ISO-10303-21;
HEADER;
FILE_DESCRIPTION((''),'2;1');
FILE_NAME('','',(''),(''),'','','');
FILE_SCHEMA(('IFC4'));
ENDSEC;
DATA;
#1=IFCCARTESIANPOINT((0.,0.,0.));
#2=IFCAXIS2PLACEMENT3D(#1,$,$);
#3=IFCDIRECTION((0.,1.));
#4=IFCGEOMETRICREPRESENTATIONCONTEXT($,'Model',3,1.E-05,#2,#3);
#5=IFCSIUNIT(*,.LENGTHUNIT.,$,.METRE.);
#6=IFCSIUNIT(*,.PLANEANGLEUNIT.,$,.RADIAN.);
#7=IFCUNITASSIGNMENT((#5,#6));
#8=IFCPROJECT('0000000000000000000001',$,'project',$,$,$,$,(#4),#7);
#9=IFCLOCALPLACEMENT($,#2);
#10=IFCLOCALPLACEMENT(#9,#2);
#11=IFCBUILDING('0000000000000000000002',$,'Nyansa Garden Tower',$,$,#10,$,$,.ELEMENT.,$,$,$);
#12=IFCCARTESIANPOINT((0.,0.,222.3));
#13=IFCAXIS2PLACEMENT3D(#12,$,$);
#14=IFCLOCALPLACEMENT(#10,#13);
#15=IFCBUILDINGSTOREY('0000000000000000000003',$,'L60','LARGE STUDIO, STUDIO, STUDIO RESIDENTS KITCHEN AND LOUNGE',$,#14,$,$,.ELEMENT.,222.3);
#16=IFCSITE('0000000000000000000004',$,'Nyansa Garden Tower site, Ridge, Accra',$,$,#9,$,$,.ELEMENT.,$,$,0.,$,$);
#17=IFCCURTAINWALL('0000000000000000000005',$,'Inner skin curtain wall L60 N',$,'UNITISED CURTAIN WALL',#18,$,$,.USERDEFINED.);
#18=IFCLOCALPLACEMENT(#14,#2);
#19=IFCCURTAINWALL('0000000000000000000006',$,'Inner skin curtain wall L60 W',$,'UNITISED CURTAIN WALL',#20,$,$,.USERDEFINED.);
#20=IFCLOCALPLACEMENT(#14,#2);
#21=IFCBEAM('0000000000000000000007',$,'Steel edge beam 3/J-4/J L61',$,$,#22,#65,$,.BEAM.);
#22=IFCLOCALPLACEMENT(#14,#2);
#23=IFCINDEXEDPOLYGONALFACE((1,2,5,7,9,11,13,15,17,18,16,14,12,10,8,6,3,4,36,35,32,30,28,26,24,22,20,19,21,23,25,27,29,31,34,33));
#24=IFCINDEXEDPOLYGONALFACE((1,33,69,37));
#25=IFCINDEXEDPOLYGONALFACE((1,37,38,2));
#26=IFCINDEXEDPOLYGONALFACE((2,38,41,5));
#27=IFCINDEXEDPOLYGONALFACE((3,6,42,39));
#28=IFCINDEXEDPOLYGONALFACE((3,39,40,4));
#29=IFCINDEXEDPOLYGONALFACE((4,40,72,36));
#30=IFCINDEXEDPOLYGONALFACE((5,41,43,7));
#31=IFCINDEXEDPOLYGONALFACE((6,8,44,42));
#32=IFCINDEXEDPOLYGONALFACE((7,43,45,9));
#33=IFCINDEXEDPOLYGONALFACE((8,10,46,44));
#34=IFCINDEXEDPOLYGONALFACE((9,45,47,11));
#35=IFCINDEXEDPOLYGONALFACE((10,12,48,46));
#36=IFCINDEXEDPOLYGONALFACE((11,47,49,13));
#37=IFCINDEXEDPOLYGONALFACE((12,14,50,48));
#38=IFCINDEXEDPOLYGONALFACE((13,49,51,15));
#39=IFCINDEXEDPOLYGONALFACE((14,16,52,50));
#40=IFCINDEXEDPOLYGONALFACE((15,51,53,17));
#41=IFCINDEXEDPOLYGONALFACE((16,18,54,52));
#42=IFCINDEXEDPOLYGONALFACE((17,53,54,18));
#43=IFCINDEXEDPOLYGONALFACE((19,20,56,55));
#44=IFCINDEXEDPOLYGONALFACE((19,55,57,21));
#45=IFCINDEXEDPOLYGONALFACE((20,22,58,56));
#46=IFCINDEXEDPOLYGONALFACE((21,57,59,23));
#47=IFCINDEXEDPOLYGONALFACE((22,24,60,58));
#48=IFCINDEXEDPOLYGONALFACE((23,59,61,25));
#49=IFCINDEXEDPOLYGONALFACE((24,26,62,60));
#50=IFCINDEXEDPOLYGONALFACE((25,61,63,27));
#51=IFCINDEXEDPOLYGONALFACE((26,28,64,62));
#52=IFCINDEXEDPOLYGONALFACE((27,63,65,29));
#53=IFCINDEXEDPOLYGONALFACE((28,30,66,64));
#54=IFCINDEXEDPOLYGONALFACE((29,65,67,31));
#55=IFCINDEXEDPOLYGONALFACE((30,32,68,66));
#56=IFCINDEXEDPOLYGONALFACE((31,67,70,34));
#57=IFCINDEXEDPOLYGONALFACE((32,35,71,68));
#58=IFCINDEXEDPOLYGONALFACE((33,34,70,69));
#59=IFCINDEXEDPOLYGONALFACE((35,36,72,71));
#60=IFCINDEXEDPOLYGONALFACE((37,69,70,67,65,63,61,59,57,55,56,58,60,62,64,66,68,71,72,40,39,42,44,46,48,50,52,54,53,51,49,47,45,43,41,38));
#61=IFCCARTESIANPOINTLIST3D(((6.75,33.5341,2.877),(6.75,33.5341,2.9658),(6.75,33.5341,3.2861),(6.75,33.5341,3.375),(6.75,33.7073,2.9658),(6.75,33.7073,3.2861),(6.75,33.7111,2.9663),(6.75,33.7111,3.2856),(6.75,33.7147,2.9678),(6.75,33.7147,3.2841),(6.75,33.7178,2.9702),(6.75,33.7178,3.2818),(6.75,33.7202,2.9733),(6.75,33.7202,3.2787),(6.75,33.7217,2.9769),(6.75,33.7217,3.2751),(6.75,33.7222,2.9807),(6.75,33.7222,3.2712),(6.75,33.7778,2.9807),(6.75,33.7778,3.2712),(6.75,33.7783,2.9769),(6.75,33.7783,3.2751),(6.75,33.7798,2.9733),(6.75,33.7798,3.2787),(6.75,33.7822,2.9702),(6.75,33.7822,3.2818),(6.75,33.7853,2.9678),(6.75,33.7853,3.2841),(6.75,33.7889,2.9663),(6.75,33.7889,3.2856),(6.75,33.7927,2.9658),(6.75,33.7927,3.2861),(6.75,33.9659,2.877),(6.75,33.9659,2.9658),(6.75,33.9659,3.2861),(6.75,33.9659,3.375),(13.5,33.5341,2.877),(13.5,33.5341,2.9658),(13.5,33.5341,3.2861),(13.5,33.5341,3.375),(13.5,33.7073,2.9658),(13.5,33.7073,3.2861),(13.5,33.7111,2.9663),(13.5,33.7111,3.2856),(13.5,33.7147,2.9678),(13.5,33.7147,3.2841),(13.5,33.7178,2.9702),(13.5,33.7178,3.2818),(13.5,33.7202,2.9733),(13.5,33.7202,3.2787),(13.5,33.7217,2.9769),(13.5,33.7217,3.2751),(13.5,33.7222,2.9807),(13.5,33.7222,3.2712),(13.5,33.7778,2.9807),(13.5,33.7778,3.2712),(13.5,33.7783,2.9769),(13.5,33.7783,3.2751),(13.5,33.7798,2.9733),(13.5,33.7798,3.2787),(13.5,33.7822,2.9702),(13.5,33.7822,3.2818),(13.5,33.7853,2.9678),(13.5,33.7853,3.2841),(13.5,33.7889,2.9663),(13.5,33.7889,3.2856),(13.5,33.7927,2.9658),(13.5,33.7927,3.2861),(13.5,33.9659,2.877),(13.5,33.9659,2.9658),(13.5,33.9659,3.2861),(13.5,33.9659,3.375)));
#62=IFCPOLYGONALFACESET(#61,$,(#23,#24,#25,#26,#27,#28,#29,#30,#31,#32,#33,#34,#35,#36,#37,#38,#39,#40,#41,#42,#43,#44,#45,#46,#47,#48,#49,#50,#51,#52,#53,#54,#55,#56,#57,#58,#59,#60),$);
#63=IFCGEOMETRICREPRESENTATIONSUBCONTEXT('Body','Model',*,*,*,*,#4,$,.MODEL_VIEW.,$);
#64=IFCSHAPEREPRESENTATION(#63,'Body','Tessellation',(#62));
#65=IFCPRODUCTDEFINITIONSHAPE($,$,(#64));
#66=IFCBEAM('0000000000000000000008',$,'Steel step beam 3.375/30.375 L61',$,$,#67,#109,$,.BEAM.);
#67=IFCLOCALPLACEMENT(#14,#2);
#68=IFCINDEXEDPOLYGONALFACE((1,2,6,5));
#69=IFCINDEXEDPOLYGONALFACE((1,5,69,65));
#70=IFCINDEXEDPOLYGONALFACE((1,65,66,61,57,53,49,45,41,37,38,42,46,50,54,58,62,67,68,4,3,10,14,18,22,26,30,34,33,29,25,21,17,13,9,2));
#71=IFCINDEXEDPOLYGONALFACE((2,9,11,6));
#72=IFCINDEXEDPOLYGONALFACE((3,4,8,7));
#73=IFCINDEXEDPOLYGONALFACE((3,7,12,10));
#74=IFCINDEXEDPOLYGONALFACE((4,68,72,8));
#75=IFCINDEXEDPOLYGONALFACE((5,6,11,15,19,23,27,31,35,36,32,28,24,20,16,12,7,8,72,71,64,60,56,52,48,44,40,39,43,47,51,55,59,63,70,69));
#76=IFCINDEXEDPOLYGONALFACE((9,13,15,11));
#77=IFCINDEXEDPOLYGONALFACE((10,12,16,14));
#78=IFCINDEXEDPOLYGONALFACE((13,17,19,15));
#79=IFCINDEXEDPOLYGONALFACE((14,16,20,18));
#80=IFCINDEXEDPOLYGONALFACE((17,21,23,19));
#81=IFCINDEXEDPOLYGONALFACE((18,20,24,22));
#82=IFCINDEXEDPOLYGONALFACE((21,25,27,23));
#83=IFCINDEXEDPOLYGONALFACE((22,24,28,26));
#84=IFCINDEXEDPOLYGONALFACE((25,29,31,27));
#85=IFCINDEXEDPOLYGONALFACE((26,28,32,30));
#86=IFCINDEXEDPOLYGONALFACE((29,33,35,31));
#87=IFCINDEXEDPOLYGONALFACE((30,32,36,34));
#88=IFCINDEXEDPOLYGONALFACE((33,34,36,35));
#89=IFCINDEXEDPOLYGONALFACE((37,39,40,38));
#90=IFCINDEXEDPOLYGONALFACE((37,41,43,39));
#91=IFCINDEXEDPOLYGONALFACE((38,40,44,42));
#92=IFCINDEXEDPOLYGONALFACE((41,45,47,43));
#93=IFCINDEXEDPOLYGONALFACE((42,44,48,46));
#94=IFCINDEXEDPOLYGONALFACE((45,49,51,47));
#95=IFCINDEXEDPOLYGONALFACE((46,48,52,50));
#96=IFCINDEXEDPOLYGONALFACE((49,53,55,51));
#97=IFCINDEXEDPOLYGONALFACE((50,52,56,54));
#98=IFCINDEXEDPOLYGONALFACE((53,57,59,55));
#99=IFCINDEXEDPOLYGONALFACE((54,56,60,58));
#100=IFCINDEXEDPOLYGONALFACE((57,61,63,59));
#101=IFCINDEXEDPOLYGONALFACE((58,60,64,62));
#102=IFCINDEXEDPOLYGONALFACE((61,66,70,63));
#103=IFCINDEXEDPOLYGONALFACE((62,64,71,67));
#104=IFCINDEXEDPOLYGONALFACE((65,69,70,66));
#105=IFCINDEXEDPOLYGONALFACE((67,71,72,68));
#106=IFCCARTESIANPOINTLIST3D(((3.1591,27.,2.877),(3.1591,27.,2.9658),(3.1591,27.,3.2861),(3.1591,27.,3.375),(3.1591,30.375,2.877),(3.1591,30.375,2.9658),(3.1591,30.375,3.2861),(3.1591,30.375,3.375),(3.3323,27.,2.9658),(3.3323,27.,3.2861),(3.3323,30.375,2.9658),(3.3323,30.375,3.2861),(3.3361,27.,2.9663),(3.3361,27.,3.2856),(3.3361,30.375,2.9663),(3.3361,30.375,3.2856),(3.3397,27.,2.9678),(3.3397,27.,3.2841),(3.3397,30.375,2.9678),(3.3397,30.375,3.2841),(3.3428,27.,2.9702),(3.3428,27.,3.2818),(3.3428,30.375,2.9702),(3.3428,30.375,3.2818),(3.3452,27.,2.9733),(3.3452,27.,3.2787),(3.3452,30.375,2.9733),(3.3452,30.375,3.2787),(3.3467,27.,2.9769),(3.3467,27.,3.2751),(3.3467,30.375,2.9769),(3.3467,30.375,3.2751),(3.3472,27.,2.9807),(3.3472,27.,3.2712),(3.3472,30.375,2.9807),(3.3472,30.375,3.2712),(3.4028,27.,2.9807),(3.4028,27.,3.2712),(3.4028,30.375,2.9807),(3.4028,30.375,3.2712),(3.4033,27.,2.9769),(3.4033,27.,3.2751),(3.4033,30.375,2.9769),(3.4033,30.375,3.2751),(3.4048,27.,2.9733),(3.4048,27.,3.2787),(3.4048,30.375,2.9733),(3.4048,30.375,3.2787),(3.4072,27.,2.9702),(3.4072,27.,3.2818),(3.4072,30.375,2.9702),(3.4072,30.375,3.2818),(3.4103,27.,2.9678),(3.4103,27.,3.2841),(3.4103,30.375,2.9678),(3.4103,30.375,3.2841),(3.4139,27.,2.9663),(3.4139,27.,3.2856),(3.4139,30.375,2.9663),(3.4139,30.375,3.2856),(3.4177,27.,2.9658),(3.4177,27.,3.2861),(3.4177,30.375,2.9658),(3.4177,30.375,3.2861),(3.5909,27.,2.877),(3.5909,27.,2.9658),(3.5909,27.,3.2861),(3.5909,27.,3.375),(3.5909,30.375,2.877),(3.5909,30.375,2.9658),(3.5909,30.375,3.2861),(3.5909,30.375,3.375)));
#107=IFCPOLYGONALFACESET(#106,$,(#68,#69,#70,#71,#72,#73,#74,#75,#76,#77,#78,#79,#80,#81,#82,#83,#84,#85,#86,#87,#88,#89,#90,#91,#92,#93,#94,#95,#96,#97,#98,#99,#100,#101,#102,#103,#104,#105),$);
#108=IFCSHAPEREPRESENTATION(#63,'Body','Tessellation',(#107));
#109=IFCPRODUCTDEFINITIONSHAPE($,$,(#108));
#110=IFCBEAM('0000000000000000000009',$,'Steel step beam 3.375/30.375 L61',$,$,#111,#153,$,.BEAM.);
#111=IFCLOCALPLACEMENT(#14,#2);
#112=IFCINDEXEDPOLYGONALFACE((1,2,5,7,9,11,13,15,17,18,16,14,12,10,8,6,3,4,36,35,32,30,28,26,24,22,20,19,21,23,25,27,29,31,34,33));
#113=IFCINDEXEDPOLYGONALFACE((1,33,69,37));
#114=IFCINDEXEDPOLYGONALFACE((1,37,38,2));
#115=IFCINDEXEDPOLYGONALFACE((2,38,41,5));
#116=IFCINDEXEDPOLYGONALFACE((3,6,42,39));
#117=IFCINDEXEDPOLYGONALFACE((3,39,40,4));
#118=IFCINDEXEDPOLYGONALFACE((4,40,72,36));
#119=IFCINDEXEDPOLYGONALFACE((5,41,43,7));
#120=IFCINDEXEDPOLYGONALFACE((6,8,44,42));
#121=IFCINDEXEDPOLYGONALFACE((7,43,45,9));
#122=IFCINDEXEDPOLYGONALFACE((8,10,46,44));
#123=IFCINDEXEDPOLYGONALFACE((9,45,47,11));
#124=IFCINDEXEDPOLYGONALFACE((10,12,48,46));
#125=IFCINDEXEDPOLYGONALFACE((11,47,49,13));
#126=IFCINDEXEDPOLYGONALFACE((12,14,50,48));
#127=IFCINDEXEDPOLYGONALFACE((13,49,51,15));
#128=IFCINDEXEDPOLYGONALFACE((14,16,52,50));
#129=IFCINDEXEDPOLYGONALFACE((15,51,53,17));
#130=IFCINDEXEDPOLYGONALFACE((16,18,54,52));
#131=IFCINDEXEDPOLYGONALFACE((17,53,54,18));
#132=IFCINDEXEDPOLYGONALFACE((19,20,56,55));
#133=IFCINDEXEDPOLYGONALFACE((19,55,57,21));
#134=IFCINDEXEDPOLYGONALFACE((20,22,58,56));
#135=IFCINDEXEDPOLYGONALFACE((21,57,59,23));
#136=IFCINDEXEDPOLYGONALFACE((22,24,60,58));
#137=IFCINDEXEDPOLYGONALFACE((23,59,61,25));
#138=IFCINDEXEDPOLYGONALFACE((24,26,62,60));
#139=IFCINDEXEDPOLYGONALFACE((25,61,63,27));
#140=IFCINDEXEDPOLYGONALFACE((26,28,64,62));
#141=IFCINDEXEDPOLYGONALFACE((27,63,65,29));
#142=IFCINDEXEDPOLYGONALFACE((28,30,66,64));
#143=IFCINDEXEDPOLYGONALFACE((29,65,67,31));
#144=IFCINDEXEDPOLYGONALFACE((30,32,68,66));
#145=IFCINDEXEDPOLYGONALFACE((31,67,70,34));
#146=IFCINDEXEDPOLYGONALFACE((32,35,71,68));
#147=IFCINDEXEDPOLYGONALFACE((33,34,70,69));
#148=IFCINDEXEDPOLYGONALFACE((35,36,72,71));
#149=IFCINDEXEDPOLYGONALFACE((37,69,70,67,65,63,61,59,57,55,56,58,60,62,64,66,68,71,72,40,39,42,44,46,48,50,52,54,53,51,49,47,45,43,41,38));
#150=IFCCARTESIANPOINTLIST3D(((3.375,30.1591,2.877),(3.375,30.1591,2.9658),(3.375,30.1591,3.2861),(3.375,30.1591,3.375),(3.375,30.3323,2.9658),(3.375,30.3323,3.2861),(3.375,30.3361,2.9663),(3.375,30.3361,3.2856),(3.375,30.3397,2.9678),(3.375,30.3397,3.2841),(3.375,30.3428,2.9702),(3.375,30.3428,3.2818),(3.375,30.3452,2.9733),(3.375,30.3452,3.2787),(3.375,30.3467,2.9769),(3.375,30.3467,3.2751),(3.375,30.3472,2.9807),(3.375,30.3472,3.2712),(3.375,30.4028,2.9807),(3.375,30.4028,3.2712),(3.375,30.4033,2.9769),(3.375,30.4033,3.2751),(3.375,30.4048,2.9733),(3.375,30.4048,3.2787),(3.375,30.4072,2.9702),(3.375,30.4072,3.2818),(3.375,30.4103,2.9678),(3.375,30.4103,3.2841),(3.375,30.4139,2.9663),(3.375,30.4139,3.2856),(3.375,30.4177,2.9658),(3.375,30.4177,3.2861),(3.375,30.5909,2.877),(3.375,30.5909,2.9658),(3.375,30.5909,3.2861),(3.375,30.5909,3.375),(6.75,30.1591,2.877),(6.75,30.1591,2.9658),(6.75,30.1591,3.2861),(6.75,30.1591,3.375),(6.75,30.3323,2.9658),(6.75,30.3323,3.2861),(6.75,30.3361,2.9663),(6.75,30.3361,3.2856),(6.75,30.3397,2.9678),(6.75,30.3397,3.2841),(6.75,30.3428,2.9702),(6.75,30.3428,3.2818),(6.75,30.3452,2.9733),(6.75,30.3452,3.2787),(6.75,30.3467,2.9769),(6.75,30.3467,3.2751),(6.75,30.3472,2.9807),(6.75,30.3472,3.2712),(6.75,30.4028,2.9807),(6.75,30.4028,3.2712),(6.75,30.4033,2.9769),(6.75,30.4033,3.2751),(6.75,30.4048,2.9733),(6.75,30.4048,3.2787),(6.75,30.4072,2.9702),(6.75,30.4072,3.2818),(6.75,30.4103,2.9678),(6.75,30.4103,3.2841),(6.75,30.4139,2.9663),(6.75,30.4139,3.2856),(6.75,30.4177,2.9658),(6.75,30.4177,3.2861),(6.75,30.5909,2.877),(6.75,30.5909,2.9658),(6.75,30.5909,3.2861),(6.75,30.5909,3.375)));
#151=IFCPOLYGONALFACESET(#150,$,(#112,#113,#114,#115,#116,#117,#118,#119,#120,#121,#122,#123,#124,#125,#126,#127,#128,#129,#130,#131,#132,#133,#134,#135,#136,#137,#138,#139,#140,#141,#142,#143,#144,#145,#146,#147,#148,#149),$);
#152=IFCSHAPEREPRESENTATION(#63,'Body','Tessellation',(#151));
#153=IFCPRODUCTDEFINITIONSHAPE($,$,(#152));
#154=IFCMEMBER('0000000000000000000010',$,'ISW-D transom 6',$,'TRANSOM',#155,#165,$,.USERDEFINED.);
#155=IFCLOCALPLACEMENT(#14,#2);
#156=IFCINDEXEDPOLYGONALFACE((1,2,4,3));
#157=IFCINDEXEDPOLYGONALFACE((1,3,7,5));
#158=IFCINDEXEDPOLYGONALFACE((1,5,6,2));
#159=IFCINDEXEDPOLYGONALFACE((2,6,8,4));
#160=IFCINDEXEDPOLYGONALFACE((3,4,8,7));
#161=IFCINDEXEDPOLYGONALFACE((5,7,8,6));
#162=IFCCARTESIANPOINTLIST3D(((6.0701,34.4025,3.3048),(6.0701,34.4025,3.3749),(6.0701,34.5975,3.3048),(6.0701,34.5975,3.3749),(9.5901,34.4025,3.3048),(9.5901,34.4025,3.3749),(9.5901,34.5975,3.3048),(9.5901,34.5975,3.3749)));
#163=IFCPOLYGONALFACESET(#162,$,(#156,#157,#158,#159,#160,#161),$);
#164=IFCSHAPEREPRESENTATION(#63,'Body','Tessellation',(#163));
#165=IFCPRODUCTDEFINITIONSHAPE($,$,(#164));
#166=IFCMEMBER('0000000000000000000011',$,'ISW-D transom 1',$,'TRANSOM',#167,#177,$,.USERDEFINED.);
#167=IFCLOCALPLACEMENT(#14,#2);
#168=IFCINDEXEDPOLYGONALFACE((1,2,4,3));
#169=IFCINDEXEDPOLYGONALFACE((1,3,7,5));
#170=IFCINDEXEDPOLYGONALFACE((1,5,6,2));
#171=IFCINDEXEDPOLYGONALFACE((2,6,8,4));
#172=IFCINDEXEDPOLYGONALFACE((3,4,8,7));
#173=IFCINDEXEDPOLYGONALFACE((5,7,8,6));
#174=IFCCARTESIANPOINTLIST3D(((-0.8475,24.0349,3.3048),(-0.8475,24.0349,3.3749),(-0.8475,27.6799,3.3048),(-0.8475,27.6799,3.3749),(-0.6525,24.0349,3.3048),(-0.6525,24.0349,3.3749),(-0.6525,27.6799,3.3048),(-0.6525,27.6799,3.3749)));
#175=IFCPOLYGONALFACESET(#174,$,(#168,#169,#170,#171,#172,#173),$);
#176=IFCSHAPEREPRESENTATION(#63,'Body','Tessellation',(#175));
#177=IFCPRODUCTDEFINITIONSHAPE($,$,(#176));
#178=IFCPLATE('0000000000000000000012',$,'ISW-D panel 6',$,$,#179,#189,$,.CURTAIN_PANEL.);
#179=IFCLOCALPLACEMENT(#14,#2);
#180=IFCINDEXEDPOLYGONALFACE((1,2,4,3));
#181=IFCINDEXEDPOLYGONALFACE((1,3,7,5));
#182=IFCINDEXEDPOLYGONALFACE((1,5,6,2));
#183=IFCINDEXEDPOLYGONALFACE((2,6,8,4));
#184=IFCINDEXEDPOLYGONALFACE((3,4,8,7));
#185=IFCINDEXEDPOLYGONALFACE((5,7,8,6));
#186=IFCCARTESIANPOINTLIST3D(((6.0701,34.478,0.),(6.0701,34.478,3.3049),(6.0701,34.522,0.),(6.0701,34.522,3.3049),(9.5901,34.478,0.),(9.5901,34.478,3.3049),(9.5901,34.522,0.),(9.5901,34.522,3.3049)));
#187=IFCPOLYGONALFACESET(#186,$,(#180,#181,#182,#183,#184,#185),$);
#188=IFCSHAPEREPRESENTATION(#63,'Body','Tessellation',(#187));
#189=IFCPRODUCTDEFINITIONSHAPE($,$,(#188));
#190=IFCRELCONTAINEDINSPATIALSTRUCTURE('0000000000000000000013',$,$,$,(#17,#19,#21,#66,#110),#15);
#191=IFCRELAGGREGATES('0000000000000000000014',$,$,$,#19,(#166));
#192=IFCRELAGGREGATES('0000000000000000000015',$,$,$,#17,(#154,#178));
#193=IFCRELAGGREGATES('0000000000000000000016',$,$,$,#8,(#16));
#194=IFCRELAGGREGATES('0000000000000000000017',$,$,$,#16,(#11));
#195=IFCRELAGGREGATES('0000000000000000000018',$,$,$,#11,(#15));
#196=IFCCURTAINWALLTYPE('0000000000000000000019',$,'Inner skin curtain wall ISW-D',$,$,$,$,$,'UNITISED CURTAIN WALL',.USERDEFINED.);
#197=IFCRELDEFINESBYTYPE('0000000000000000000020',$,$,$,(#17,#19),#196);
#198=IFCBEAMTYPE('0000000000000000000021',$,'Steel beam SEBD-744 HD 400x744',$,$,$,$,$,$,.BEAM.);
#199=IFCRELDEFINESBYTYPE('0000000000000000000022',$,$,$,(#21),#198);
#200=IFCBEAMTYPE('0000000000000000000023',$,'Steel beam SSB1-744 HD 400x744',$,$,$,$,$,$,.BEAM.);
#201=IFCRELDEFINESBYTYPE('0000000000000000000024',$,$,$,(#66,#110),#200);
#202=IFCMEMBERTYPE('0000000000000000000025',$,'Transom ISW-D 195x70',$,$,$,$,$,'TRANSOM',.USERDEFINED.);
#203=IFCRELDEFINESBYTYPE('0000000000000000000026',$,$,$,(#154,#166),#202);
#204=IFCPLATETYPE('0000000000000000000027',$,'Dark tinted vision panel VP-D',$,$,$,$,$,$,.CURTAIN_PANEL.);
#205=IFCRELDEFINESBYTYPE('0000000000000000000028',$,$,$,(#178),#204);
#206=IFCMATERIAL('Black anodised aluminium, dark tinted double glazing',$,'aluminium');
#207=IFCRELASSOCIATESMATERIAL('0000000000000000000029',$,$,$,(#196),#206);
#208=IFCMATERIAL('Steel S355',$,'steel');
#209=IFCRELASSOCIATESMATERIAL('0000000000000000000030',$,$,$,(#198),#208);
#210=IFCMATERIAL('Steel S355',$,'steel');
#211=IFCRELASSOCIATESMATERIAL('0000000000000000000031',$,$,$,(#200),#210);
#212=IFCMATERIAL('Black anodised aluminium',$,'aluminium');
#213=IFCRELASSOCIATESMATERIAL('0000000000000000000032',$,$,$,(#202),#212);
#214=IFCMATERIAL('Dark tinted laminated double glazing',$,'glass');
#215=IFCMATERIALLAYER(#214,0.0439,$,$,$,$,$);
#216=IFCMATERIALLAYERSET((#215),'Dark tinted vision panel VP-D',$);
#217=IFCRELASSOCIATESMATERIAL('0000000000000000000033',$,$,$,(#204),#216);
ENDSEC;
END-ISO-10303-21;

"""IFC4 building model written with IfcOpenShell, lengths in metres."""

from ifc_helpers import new_model, si_unit, direction, frame, origin, origin_2d, place, context, subcontext, project, spatial, rectangle, i_section, extrude, material, layer, layer_set, material_profile, profile_set, type_object, element, aggregate, save


model = new_model("IFC4")

# Units and contexts
model_context = context("Model", 3, precision=1e-05, world=origin(), true_north=direction((0.0, 1.0)))
body_context = subcontext(model_context, "Body", "Model", "MODEL_VIEW")
ifc_project = project(units=[si_unit("LENGTHUNIT", "METRE"), si_unit("PLANEANGLEUNIT", "RADIAN")], contexts=[model_context])

# Site, building, storey
site_placement = place(None, origin())
site = spatial("IfcSite", under=ifc_project, at=site_placement, Name="Nyansa Garden Tower site, Ridge, Accra", CompositionType="ELEMENT", RefElevation=0.0)
building_placement = place(site_placement, origin())
building = spatial("IfcBuilding", under=site, at=building_placement, Name="Nyansa Garden Tower", CompositionType="ELEMENT")
storey_placement = place(building_placement, frame((0.0, 0.0, 222.3)))
storey = spatial("IfcBuildingStorey", under=building, at=storey_placement, Name="L60", Description="LARGE STUDIO, STUDIO, STUDIO RESIDENTS KITCHEN AND LOUNGE", CompositionType="ELEMENT", Elevation=222.3)

# Curtain walls
ifc_material_1 = material(Name="Black anodised aluminium, dark tinted double glazing", Category="aluminium")
curtain_wall_type = type_object("IfcCurtainWallType", Name="Inner skin curtain wall ISW-D", ElementType="UNITISED CURTAIN WALL", PredefinedType="USERDEFINED", material=ifc_material_1)
curtain_wall_1_placement = place(storey_placement, origin())
curtain_wall_1 = element("IfcCurtainWall", 1, at=curtain_wall_1_placement, inside=storey, type_object=curtain_wall_type, Name="Inner skin curtain wall L60 N", ObjectType="UNITISED CURTAIN WALL", PredefinedType="USERDEFINED")
curtain_wall_2_placement = place(storey_placement, origin())
curtain_wall_2 = element("IfcCurtainWall", 2, at=curtain_wall_2_placement, inside=storey, type_object=curtain_wall_type, Name="Inner skin curtain wall L60 W", ObjectType="UNITISED CURTAIN WALL", PredefinedType="USERDEFINED")

# Beams
ifc_material_2 = material(Name="Steel S355", Category="steel")
ifc_material_profile_1 = material_profile(ifc_material_2, i_section(OverallWidth=0.4319, OverallDepth=0.498, WebThickness=0.0557, FlangeThickness=0.0889, FilletRadius=0.0149, at=origin_2d()), Name="HD 400x744")
ifc_profile_set_1 = profile_set([ifc_material_profile_1], Name="Steel S355")
beam_type_1 = type_object("IfcBeamType", Name="Steel beam SEBD-744 HD 400x744", PredefinedType="BEAM", material=ifc_profile_set_1)
beam_1_placement = place(storey_placement, frame((6.75, 33.75, 3.126), z_axis=(1.0, 0.0, 0.0), x_axis=(0.0, 1.0, 0.0)))
element("IfcBeam", 3, at=beam_1_placement, inside=storey, type_object=beam_type_1, Name="Steel edge beam 3/J-4/J L61", PredefinedType="BEAM", context=body_context, shape_type="SweptSolid", body=[
    extrude(i_section(OverallWidth=0.4319, OverallDepth=0.498, WebThickness=0.0557, FlangeThickness=0.0889, FilletRadius=0.0149, at=origin_2d()), origin(), (0.0, 0.0, 1.0), 6.75),
])
ifc_material_3 = material(Name="Steel S355", Category="steel")
ifc_material_profile_2 = material_profile(ifc_material_3, i_section(OverallWidth=0.4319, OverallDepth=0.498, WebThickness=0.0557, FlangeThickness=0.0889, FilletRadius=0.0149, at=origin_2d()), Name="HD 400x744")
ifc_profile_set_2 = profile_set([ifc_material_profile_2], Name="Steel S355")
beam_type_2 = type_object("IfcBeamType", Name="Steel beam SSB1-744 HD 400x744", PredefinedType="BEAM", material=ifc_profile_set_2)
for number, where, z_axis, x_axis, name in (
    (4, (3.375, 30.375, 3.126), (0.0, -1.0, 0.0), (1.0, 0.0, 0.0), "Steel step beam 3.375/30.375 L61"),
    (5, (3.375, 30.375, 3.126), (1.0, 0.0, 0.0), (0.0, 1.0, 0.0), "Steel step beam 3.375/30.375 L61"),
):
    element("IfcBeam", number, at=place(storey_placement, frame(where, z_axis=z_axis, x_axis=x_axis)), inside=storey, type_object=beam_type_2, Name=name, PredefinedType="BEAM", context=body_context, shape_type="SweptSolid", body=[
        extrude(i_section(OverallWidth=0.4319, OverallDepth=0.498, WebThickness=0.0557, FlangeThickness=0.0889, FilletRadius=0.0149, at=origin_2d()), origin(), (0.0, 0.0, 1.0), 3.375),
    ])

# Members
ifc_material_4 = material(Name="Black anodised aluminium", Category="aluminium")
ifc_material_profile_3 = material_profile(ifc_material_4, rectangle(XDim=0.1951, YDim=0.0701, at=origin_2d()), Name="Transom 195x70")
ifc_profile_set_3 = profile_set([ifc_material_profile_3], Name="Black anodised aluminium")
member_type_1 = type_object("IfcMemberType", Name="Transom ISW-D 195x70", ElementType="TRANSOM", PredefinedType="USERDEFINED", material=ifc_profile_set_3)
member_1_placement = place(storey_placement, frame((9.5901, 34.5, 3.3398), z_axis=(-1.0, 0.0, 0.0), x_axis=(0.0, -1.0, 0.0)))
member_1 = element("IfcMember", 6, at=member_1_placement, type_object=member_type_1, Name="ISW-D transom 6", ObjectType="TRANSOM", PredefinedType="USERDEFINED", context=body_context, shape_type="SweptSolid", body=[
    extrude(rectangle(XDim=0.1951, YDim=0.0701, at=origin_2d()), origin(), (0.0, 0.0, 1.0), 3.52),
])
member_2_placement = place(storey_placement, frame((-0.75, 27.6799, 3.3398), z_axis=(0.0, -1.0, 0.0), x_axis=(1.0, 0.0, 0.0)))
member_2 = element("IfcMember", 7, at=member_2_placement, type_object=member_type_1, Name="ISW-D transom 1", ObjectType="TRANSOM", PredefinedType="USERDEFINED", context=body_context, shape_type="SweptSolid", body=[
    extrude(rectangle(XDim=0.1951, YDim=0.0701, at=origin_2d()), origin(), (0.0, 0.0, 1.0), 3.645),
])
aggregate(curtain_wall_2, [member_2])

# Plate
ifc_material_5 = material(Name="Dark tinted laminated double glazing", Category="glass")
ifc_layer_1 = layer(ifc_material_5, 0.0439)
ifc_layer_set_1 = layer_set([ifc_layer_1], Name="Dark tinted vision panel VP-D")
plate_type = type_object("IfcPlateType", Name="Dark tinted vision panel VP-D", PredefinedType="CURTAIN_PANEL", material=ifc_layer_set_1)
plate_placement = place(storey_placement, frame((7.8301, 34.5, 0.0), z_axis=(0.0, 0.0, 1.0), x_axis=(-1.0, 0.0, 0.0)))
plate = element("IfcPlate", 8, at=plate_placement, type_object=plate_type, Name="ISW-D panel 6", PredefinedType="CURTAIN_PANEL", context=body_context, shape_type="SweptSolid", body=[
    extrude(rectangle(XDim=3.52, YDim=0.0439, at=origin_2d()), origin(), (0.0, 0.0, 1.0), 3.3049),
])
aggregate(curtain_wall_1, [member_1, plate])

save(model, "model.ifc")
